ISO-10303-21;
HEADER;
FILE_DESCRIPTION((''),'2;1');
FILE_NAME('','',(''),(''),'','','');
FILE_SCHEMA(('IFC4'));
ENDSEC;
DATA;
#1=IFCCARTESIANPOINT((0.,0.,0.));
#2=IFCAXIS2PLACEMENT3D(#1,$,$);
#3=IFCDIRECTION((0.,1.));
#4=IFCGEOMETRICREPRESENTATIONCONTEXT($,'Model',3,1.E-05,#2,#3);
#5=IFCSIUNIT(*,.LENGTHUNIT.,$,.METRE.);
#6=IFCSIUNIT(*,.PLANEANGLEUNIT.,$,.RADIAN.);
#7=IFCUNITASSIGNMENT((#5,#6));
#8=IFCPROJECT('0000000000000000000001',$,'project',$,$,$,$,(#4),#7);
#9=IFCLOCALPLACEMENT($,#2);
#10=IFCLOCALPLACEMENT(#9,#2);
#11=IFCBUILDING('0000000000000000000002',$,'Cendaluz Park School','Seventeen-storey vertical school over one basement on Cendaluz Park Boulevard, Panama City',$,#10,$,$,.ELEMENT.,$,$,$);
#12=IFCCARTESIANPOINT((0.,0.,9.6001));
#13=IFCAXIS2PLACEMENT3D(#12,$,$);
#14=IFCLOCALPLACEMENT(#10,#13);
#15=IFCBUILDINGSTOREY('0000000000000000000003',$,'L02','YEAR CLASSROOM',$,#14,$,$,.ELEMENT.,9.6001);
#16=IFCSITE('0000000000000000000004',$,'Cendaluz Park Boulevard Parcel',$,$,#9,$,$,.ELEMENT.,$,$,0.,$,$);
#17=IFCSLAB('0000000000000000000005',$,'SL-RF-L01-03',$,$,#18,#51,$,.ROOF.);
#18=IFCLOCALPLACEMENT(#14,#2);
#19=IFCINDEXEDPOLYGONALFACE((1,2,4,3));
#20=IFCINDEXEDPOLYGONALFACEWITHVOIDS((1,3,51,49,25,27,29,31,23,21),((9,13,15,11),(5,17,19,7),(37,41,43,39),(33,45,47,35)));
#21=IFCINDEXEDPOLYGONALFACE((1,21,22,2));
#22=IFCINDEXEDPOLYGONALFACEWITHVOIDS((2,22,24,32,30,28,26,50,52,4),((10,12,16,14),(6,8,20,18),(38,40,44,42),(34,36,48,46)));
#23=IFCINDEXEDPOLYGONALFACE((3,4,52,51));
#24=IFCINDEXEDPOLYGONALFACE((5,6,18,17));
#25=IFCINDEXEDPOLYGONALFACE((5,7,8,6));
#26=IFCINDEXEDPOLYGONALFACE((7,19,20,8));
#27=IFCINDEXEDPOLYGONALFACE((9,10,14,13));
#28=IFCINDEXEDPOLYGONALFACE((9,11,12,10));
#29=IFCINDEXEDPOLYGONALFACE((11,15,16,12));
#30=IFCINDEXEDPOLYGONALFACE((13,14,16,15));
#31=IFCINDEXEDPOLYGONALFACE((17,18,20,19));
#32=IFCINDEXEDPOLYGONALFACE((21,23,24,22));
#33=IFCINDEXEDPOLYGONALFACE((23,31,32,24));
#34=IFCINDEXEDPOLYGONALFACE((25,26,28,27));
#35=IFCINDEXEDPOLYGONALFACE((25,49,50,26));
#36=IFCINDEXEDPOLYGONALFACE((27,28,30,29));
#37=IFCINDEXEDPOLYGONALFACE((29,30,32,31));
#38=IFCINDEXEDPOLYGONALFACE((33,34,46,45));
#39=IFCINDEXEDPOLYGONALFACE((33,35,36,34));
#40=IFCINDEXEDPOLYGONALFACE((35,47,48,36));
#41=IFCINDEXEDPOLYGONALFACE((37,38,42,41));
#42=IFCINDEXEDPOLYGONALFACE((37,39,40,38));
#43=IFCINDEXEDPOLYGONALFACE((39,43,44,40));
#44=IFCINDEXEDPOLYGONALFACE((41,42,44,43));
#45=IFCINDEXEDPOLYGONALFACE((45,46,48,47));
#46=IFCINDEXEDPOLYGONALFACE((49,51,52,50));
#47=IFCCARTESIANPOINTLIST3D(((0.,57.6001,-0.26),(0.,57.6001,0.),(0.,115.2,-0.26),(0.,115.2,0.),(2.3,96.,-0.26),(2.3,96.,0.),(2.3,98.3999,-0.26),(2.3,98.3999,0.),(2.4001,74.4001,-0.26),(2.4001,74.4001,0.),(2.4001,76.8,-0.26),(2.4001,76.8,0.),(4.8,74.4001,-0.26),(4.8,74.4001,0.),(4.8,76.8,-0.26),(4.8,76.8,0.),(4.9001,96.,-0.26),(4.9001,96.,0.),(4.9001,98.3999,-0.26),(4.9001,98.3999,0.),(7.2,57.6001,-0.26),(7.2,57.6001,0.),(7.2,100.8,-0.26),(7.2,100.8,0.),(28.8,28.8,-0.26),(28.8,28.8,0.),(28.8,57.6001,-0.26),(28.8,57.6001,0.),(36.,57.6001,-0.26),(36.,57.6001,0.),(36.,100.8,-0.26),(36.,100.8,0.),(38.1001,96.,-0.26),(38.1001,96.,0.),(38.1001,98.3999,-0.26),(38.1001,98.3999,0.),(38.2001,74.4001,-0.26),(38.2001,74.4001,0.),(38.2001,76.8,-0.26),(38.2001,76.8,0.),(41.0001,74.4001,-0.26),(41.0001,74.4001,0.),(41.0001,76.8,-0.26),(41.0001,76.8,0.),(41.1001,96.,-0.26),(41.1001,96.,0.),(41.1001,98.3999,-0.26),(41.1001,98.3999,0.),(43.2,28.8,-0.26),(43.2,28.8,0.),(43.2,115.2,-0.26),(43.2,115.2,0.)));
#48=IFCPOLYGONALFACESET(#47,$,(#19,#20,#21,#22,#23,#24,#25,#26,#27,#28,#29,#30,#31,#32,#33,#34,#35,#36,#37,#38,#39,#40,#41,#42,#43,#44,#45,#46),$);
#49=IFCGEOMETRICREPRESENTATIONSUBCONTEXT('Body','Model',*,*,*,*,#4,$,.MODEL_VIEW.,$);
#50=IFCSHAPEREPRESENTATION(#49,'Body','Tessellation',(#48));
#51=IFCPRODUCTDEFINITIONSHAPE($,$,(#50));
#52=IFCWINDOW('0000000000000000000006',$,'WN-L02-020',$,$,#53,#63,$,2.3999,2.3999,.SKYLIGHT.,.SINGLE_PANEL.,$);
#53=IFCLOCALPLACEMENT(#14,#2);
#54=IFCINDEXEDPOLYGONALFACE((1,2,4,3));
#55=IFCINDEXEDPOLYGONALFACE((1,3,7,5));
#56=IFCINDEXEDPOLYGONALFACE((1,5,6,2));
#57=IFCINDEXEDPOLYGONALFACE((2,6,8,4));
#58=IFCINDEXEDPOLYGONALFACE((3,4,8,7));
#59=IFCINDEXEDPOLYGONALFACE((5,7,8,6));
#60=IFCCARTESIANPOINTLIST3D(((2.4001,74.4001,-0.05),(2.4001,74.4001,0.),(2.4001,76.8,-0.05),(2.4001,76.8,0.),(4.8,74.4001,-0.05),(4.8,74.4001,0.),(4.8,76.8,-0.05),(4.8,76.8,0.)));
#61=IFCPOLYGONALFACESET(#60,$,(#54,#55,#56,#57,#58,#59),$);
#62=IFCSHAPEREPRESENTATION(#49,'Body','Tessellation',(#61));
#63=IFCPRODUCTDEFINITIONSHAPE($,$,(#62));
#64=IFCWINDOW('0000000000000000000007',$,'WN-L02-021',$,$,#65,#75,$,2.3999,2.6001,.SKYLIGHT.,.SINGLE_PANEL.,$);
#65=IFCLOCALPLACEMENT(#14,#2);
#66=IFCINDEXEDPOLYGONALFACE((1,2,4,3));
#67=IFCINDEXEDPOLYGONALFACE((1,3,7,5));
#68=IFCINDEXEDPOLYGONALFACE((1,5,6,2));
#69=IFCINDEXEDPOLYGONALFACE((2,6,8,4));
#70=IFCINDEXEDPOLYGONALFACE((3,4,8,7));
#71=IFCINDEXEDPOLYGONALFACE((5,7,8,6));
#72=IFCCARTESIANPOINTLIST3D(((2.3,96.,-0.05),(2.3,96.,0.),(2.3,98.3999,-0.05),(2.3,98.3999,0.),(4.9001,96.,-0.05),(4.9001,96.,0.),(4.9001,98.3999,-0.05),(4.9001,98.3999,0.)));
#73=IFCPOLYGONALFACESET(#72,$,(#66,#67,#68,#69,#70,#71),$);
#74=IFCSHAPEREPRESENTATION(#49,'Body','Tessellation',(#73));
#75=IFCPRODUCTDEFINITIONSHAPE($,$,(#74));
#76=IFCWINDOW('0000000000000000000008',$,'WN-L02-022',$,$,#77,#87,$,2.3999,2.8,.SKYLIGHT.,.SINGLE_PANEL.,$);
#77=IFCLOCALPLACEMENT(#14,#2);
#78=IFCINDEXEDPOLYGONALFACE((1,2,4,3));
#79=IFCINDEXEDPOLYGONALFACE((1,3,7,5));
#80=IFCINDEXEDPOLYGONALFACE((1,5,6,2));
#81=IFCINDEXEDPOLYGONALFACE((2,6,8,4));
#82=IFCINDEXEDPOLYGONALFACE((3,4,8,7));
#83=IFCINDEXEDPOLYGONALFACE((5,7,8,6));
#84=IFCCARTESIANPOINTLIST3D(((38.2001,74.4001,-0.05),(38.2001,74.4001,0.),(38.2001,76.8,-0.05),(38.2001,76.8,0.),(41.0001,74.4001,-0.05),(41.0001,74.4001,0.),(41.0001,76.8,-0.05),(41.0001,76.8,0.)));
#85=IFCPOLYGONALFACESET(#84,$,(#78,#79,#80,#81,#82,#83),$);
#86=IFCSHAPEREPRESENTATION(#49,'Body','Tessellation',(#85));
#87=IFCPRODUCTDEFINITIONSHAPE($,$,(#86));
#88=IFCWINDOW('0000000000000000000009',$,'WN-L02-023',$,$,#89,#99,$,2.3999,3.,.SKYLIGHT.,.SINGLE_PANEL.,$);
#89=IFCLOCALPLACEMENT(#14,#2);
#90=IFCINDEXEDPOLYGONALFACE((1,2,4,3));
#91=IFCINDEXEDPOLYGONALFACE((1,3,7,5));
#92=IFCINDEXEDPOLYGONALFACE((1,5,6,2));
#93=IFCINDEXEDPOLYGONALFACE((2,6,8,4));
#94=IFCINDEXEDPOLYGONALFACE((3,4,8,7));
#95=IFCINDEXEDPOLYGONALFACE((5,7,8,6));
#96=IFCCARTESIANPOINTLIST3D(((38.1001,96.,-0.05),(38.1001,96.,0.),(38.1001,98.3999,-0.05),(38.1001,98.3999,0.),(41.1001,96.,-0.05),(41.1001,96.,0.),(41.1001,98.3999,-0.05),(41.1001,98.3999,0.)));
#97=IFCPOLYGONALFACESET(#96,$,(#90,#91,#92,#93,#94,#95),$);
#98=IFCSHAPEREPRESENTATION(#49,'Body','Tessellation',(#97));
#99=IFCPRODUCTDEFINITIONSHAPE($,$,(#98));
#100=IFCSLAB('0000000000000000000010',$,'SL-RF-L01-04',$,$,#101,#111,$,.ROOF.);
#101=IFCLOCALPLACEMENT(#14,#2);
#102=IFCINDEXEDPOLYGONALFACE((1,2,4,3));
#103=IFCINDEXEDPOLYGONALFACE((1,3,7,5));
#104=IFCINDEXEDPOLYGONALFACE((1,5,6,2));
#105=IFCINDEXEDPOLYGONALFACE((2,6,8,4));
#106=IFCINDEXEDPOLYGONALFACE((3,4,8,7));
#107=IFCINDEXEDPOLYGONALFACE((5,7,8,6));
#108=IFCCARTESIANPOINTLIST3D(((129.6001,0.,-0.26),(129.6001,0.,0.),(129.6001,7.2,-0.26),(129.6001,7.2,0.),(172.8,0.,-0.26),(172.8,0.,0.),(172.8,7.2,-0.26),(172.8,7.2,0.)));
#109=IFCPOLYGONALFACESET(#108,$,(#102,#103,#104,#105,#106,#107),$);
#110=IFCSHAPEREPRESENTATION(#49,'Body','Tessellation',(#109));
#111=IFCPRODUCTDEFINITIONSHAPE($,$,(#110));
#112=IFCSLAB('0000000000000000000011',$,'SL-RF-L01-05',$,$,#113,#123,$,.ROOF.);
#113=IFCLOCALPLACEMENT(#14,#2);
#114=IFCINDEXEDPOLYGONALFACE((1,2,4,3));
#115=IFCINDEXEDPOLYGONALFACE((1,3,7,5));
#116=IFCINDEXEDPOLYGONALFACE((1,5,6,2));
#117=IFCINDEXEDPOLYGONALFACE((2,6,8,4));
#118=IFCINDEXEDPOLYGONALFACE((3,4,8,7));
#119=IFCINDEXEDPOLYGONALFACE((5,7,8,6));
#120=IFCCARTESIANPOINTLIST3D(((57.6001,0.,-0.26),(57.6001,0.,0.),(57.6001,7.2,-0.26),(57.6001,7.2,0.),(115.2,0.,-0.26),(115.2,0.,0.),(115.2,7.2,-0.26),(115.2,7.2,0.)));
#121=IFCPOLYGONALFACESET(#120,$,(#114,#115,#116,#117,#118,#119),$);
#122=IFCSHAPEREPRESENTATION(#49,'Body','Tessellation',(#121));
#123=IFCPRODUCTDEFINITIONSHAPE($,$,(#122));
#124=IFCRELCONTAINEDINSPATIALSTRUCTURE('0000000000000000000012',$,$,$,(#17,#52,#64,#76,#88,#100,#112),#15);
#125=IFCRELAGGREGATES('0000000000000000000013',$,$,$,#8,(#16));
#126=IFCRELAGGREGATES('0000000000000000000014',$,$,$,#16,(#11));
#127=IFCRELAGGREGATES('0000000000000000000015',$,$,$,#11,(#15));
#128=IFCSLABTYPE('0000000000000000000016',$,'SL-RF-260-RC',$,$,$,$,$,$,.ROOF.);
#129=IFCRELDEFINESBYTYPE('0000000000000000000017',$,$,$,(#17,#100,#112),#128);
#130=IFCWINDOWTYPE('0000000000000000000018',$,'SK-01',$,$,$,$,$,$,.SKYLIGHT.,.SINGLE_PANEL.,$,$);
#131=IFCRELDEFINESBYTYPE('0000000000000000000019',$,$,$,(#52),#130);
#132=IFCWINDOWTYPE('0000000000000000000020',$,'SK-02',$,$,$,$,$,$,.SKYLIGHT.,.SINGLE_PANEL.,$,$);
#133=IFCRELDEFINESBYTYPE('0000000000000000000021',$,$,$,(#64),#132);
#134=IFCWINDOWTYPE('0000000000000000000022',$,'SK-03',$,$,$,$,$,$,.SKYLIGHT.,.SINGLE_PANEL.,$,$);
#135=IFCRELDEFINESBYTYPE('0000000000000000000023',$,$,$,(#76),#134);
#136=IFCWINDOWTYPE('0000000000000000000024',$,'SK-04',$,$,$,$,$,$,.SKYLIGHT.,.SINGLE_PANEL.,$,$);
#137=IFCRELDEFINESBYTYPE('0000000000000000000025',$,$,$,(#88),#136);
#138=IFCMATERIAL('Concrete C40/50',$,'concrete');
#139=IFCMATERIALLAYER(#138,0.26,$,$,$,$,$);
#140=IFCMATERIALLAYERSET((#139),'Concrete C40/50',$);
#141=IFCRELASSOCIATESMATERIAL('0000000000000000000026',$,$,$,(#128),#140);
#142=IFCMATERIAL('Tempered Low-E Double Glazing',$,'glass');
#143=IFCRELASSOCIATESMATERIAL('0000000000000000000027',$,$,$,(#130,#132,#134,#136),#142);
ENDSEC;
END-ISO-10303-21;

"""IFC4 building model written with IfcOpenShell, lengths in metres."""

from ifc_helpers import new_model, si_unit, direction, frame, origin, origin_2d, place, context, subcontext, project, spatial, polyline, rectangle, outline, extrude, material, layer, layer_set, type_object, element, fill, save


model = new_model("IFC4")

# Units and contexts
model_context = context("Model", 3, precision=1e-05, world=origin(), true_north=direction((0.0, 1.0)))
body_context = subcontext(model_context, "Body", "Model", "MODEL_VIEW")
ifc_project = project(units=[si_unit("LENGTHUNIT", "METRE"), si_unit("PLANEANGLEUNIT", "RADIAN")], contexts=[model_context])

# Site, building, storey
site_placement = place(None, origin())
site = spatial("IfcSite", under=ifc_project, at=site_placement, Name="Cendaluz Park Boulevard Parcel", CompositionType="ELEMENT", RefElevation=0.0)
building_placement = place(site_placement, origin())
building = spatial("IfcBuilding", under=site, at=building_placement, Name="Cendaluz Park School", Description="Seventeen-storey vertical school over one basement on Cendaluz Park Boulevard, Panama City", CompositionType="ELEMENT")
storey_placement = place(building_placement, frame((0.0, 0.0, 9.6001)))
storey = spatial("IfcBuildingStorey", under=building, at=storey_placement, Name="L02", Description="YEAR CLASSROOM", CompositionType="ELEMENT", Elevation=9.6001)

# Shared definitions
ifc_material_1 = material(Name="Concrete C40/50", Category="concrete")

# Shared definitions
ifc_layer_1 = layer(ifc_material_1, 0.26)
ifc_layer_set_1 = layer_set([ifc_layer_1], Name="Concrete C40/50")
slab_type_1 = type_object("IfcSlabType", Name="SL-RF-260-RC", PredefinedType="ROOF", material=ifc_layer_set_1)

# Slab, openings, windows
slab_1_placement = place(storey_placement, frame((0.0, 0.0, -0.26)))
slab_1 = element("IfcSlab", 1, at=slab_1_placement, inside=storey, type_object=slab_type_1, Name="SL-RF-L01-03", PredefinedType="ROOF", context=body_context, shape_type="SweptSolid", body=[
    extrude(outline(polyline([(28.8, 57.6001), (36.0, 57.6001), (36.0, 100.8), (7.2, 100.8), (7.2, 57.6001), (0.0, 57.6001), (0.0, 115.2), (43.2, 115.2), (43.2, 28.8), (28.8, 28.8), (28.8, 57.6001)])), origin(), (0.0, 0.0, 1.0), 0.26),
])
opening_1_placement = place(slab_1_placement, frame((3.6001, 75.6001, 0.0)))
opening_1 = element("IfcOpeningElement", 2, at=opening_1_placement, cuts=slab_1, PredefinedType="OPENING", context=body_context, shape_type="SweptSolid", body=[
    extrude(rectangle(XDim=2.3999, YDim=2.3999, at=origin_2d()), frame((0.0, 0.0, -0.012)), (0.0, 0.0, 1.0), 0.2839),
])
opening_2_placement = place(slab_1_placement, frame((3.6001, 97.2, 0.0)))
opening_2 = element("IfcOpeningElement", 3, at=opening_2_placement, cuts=slab_1, PredefinedType="OPENING", context=body_context, shape_type="SweptSolid", body=[
    extrude(rectangle(XDim=2.6001, YDim=2.3999, at=origin_2d()), frame((0.0, 0.0, -0.012)), (0.0, 0.0, 1.0), 0.2839),
])
opening_3_placement = place(slab_1_placement, frame((39.6001, 75.6001, 0.0)))
opening_3 = element("IfcOpeningElement", 4, at=opening_3_placement, cuts=slab_1, PredefinedType="OPENING", context=body_context, shape_type="SweptSolid", body=[
    extrude(rectangle(XDim=2.8, YDim=2.3999, at=origin_2d()), frame((0.0, 0.0, -0.012)), (0.0, 0.0, 1.0), 0.2839),
])
opening_4_placement = place(slab_1_placement, frame((39.6001, 97.2, 0.0)))
opening_4 = element("IfcOpeningElement", 5, at=opening_4_placement, cuts=slab_1, PredefinedType="OPENING", context=body_context, shape_type="SweptSolid", body=[
    extrude(rectangle(XDim=3.0, YDim=2.3999, at=origin_2d()), frame((0.0, 0.0, -0.012)), (0.0, 0.0, 1.0), 0.2839),
])
ifc_material_2 = material(Name="Tempered Low-E Double Glazing", Category="glass")
window_type_1 = type_object("IfcWindowType", Name="SK-01", PartitioningType="SINGLE_PANEL", PredefinedType="SKYLIGHT", material=ifc_material_2)
window_1_placement = place(opening_1_placement, frame((0.0, 0.0, 0.21)))
window_1 = element("IfcWindow", 6, at=window_1_placement, inside=storey, type_object=window_type_1, Name="WN-L02-020", OverallHeight=2.3999, OverallWidth=2.3999, PartitioningType="SINGLE_PANEL", PredefinedType="SKYLIGHT", context=body_context, shape_type="SweptSolid", body=[
    extrude(rectangle(XDim=2.3999, YDim=2.3999, at=origin_2d()), origin(), (0.0, 0.0, 1.0), 0.05),
])
fill(opening_1, window_1)
window_type_2 = type_object("IfcWindowType", Name="SK-02", PartitioningType="SINGLE_PANEL", PredefinedType="SKYLIGHT", material=ifc_material_2)
window_2_placement = place(opening_2_placement, frame((0.0, 0.0, 0.21)))
window_2 = element("IfcWindow", 7, at=window_2_placement, inside=storey, type_object=window_type_2, Name="WN-L02-021", OverallHeight=2.3999, OverallWidth=2.6001, PartitioningType="SINGLE_PANEL", PredefinedType="SKYLIGHT", context=body_context, shape_type="SweptSolid", body=[
    extrude(rectangle(XDim=2.6001, YDim=2.3999, at=origin_2d()), origin(), (0.0, 0.0, 1.0), 0.05),
])
fill(opening_2, window_2)
window_type_3 = type_object("IfcWindowType", Name="SK-03", PartitioningType="SINGLE_PANEL", PredefinedType="SKYLIGHT", material=ifc_material_2)
window_3_placement = place(opening_3_placement, frame((0.0, 0.0, 0.21)))
window_3 = element("IfcWindow", 8, at=window_3_placement, inside=storey, type_object=window_type_3, Name="WN-L02-022", OverallHeight=2.3999, OverallWidth=2.8, PartitioningType="SINGLE_PANEL", PredefinedType="SKYLIGHT", context=body_context, shape_type="SweptSolid", body=[
    extrude(rectangle(XDim=2.8, YDim=2.3999, at=origin_2d()), origin(), (0.0, 0.0, 1.0), 0.05),
])
fill(opening_3, window_3)
window_type_4 = type_object("IfcWindowType", Name="SK-04", PartitioningType="SINGLE_PANEL", PredefinedType="SKYLIGHT", material=ifc_material_2)
window_4_placement = place(opening_4_placement, frame((0.0, 0.0, 0.21)))
window_4 = element("IfcWindow", 9, at=window_4_placement, inside=storey, type_object=window_type_4, Name="WN-L02-023", OverallHeight=2.3999, OverallWidth=3.0, PartitioningType="SINGLE_PANEL", PredefinedType="SKYLIGHT", context=body_context, shape_type="SweptSolid", body=[
    extrude(rectangle(XDim=3.0, YDim=2.3999, at=origin_2d()), origin(), (0.0, 0.0, 1.0), 0.05),
])
fill(opening_4, window_4)

# Slabs
slab_2_placement = place(storey_placement, frame((0.0, 0.0, -0.26)))
element("IfcSlab", 10, at=slab_2_placement, inside=storey, type_object=slab_type_1, Name="SL-RF-L01-04", PredefinedType="ROOF", context=body_context, shape_type="SweptSolid", body=[
    extrude(outline(polyline([(129.6001, 7.2), (172.8, 7.2), (172.8, 0.0), (129.6001, 0.0), (129.6001, 7.2)])), origin(), (0.0, 0.0, 1.0), 0.26),
])
slab_3_placement = place(storey_placement, frame((0.0, 0.0, -0.26)))
element("IfcSlab", 11, at=slab_3_placement, inside=storey, type_object=slab_type_1, Name="SL-RF-L01-05", PredefinedType="ROOF", context=body_context, shape_type="SweptSolid", body=[
    extrude(outline(polyline([(115.2, 0.0), (57.6001, 0.0), (57.6001, 7.2), (115.2, 7.2), (115.2, 0.0)])), origin(), (0.0, 0.0, 1.0), 0.26),
])

save(model, "model.ifc")
